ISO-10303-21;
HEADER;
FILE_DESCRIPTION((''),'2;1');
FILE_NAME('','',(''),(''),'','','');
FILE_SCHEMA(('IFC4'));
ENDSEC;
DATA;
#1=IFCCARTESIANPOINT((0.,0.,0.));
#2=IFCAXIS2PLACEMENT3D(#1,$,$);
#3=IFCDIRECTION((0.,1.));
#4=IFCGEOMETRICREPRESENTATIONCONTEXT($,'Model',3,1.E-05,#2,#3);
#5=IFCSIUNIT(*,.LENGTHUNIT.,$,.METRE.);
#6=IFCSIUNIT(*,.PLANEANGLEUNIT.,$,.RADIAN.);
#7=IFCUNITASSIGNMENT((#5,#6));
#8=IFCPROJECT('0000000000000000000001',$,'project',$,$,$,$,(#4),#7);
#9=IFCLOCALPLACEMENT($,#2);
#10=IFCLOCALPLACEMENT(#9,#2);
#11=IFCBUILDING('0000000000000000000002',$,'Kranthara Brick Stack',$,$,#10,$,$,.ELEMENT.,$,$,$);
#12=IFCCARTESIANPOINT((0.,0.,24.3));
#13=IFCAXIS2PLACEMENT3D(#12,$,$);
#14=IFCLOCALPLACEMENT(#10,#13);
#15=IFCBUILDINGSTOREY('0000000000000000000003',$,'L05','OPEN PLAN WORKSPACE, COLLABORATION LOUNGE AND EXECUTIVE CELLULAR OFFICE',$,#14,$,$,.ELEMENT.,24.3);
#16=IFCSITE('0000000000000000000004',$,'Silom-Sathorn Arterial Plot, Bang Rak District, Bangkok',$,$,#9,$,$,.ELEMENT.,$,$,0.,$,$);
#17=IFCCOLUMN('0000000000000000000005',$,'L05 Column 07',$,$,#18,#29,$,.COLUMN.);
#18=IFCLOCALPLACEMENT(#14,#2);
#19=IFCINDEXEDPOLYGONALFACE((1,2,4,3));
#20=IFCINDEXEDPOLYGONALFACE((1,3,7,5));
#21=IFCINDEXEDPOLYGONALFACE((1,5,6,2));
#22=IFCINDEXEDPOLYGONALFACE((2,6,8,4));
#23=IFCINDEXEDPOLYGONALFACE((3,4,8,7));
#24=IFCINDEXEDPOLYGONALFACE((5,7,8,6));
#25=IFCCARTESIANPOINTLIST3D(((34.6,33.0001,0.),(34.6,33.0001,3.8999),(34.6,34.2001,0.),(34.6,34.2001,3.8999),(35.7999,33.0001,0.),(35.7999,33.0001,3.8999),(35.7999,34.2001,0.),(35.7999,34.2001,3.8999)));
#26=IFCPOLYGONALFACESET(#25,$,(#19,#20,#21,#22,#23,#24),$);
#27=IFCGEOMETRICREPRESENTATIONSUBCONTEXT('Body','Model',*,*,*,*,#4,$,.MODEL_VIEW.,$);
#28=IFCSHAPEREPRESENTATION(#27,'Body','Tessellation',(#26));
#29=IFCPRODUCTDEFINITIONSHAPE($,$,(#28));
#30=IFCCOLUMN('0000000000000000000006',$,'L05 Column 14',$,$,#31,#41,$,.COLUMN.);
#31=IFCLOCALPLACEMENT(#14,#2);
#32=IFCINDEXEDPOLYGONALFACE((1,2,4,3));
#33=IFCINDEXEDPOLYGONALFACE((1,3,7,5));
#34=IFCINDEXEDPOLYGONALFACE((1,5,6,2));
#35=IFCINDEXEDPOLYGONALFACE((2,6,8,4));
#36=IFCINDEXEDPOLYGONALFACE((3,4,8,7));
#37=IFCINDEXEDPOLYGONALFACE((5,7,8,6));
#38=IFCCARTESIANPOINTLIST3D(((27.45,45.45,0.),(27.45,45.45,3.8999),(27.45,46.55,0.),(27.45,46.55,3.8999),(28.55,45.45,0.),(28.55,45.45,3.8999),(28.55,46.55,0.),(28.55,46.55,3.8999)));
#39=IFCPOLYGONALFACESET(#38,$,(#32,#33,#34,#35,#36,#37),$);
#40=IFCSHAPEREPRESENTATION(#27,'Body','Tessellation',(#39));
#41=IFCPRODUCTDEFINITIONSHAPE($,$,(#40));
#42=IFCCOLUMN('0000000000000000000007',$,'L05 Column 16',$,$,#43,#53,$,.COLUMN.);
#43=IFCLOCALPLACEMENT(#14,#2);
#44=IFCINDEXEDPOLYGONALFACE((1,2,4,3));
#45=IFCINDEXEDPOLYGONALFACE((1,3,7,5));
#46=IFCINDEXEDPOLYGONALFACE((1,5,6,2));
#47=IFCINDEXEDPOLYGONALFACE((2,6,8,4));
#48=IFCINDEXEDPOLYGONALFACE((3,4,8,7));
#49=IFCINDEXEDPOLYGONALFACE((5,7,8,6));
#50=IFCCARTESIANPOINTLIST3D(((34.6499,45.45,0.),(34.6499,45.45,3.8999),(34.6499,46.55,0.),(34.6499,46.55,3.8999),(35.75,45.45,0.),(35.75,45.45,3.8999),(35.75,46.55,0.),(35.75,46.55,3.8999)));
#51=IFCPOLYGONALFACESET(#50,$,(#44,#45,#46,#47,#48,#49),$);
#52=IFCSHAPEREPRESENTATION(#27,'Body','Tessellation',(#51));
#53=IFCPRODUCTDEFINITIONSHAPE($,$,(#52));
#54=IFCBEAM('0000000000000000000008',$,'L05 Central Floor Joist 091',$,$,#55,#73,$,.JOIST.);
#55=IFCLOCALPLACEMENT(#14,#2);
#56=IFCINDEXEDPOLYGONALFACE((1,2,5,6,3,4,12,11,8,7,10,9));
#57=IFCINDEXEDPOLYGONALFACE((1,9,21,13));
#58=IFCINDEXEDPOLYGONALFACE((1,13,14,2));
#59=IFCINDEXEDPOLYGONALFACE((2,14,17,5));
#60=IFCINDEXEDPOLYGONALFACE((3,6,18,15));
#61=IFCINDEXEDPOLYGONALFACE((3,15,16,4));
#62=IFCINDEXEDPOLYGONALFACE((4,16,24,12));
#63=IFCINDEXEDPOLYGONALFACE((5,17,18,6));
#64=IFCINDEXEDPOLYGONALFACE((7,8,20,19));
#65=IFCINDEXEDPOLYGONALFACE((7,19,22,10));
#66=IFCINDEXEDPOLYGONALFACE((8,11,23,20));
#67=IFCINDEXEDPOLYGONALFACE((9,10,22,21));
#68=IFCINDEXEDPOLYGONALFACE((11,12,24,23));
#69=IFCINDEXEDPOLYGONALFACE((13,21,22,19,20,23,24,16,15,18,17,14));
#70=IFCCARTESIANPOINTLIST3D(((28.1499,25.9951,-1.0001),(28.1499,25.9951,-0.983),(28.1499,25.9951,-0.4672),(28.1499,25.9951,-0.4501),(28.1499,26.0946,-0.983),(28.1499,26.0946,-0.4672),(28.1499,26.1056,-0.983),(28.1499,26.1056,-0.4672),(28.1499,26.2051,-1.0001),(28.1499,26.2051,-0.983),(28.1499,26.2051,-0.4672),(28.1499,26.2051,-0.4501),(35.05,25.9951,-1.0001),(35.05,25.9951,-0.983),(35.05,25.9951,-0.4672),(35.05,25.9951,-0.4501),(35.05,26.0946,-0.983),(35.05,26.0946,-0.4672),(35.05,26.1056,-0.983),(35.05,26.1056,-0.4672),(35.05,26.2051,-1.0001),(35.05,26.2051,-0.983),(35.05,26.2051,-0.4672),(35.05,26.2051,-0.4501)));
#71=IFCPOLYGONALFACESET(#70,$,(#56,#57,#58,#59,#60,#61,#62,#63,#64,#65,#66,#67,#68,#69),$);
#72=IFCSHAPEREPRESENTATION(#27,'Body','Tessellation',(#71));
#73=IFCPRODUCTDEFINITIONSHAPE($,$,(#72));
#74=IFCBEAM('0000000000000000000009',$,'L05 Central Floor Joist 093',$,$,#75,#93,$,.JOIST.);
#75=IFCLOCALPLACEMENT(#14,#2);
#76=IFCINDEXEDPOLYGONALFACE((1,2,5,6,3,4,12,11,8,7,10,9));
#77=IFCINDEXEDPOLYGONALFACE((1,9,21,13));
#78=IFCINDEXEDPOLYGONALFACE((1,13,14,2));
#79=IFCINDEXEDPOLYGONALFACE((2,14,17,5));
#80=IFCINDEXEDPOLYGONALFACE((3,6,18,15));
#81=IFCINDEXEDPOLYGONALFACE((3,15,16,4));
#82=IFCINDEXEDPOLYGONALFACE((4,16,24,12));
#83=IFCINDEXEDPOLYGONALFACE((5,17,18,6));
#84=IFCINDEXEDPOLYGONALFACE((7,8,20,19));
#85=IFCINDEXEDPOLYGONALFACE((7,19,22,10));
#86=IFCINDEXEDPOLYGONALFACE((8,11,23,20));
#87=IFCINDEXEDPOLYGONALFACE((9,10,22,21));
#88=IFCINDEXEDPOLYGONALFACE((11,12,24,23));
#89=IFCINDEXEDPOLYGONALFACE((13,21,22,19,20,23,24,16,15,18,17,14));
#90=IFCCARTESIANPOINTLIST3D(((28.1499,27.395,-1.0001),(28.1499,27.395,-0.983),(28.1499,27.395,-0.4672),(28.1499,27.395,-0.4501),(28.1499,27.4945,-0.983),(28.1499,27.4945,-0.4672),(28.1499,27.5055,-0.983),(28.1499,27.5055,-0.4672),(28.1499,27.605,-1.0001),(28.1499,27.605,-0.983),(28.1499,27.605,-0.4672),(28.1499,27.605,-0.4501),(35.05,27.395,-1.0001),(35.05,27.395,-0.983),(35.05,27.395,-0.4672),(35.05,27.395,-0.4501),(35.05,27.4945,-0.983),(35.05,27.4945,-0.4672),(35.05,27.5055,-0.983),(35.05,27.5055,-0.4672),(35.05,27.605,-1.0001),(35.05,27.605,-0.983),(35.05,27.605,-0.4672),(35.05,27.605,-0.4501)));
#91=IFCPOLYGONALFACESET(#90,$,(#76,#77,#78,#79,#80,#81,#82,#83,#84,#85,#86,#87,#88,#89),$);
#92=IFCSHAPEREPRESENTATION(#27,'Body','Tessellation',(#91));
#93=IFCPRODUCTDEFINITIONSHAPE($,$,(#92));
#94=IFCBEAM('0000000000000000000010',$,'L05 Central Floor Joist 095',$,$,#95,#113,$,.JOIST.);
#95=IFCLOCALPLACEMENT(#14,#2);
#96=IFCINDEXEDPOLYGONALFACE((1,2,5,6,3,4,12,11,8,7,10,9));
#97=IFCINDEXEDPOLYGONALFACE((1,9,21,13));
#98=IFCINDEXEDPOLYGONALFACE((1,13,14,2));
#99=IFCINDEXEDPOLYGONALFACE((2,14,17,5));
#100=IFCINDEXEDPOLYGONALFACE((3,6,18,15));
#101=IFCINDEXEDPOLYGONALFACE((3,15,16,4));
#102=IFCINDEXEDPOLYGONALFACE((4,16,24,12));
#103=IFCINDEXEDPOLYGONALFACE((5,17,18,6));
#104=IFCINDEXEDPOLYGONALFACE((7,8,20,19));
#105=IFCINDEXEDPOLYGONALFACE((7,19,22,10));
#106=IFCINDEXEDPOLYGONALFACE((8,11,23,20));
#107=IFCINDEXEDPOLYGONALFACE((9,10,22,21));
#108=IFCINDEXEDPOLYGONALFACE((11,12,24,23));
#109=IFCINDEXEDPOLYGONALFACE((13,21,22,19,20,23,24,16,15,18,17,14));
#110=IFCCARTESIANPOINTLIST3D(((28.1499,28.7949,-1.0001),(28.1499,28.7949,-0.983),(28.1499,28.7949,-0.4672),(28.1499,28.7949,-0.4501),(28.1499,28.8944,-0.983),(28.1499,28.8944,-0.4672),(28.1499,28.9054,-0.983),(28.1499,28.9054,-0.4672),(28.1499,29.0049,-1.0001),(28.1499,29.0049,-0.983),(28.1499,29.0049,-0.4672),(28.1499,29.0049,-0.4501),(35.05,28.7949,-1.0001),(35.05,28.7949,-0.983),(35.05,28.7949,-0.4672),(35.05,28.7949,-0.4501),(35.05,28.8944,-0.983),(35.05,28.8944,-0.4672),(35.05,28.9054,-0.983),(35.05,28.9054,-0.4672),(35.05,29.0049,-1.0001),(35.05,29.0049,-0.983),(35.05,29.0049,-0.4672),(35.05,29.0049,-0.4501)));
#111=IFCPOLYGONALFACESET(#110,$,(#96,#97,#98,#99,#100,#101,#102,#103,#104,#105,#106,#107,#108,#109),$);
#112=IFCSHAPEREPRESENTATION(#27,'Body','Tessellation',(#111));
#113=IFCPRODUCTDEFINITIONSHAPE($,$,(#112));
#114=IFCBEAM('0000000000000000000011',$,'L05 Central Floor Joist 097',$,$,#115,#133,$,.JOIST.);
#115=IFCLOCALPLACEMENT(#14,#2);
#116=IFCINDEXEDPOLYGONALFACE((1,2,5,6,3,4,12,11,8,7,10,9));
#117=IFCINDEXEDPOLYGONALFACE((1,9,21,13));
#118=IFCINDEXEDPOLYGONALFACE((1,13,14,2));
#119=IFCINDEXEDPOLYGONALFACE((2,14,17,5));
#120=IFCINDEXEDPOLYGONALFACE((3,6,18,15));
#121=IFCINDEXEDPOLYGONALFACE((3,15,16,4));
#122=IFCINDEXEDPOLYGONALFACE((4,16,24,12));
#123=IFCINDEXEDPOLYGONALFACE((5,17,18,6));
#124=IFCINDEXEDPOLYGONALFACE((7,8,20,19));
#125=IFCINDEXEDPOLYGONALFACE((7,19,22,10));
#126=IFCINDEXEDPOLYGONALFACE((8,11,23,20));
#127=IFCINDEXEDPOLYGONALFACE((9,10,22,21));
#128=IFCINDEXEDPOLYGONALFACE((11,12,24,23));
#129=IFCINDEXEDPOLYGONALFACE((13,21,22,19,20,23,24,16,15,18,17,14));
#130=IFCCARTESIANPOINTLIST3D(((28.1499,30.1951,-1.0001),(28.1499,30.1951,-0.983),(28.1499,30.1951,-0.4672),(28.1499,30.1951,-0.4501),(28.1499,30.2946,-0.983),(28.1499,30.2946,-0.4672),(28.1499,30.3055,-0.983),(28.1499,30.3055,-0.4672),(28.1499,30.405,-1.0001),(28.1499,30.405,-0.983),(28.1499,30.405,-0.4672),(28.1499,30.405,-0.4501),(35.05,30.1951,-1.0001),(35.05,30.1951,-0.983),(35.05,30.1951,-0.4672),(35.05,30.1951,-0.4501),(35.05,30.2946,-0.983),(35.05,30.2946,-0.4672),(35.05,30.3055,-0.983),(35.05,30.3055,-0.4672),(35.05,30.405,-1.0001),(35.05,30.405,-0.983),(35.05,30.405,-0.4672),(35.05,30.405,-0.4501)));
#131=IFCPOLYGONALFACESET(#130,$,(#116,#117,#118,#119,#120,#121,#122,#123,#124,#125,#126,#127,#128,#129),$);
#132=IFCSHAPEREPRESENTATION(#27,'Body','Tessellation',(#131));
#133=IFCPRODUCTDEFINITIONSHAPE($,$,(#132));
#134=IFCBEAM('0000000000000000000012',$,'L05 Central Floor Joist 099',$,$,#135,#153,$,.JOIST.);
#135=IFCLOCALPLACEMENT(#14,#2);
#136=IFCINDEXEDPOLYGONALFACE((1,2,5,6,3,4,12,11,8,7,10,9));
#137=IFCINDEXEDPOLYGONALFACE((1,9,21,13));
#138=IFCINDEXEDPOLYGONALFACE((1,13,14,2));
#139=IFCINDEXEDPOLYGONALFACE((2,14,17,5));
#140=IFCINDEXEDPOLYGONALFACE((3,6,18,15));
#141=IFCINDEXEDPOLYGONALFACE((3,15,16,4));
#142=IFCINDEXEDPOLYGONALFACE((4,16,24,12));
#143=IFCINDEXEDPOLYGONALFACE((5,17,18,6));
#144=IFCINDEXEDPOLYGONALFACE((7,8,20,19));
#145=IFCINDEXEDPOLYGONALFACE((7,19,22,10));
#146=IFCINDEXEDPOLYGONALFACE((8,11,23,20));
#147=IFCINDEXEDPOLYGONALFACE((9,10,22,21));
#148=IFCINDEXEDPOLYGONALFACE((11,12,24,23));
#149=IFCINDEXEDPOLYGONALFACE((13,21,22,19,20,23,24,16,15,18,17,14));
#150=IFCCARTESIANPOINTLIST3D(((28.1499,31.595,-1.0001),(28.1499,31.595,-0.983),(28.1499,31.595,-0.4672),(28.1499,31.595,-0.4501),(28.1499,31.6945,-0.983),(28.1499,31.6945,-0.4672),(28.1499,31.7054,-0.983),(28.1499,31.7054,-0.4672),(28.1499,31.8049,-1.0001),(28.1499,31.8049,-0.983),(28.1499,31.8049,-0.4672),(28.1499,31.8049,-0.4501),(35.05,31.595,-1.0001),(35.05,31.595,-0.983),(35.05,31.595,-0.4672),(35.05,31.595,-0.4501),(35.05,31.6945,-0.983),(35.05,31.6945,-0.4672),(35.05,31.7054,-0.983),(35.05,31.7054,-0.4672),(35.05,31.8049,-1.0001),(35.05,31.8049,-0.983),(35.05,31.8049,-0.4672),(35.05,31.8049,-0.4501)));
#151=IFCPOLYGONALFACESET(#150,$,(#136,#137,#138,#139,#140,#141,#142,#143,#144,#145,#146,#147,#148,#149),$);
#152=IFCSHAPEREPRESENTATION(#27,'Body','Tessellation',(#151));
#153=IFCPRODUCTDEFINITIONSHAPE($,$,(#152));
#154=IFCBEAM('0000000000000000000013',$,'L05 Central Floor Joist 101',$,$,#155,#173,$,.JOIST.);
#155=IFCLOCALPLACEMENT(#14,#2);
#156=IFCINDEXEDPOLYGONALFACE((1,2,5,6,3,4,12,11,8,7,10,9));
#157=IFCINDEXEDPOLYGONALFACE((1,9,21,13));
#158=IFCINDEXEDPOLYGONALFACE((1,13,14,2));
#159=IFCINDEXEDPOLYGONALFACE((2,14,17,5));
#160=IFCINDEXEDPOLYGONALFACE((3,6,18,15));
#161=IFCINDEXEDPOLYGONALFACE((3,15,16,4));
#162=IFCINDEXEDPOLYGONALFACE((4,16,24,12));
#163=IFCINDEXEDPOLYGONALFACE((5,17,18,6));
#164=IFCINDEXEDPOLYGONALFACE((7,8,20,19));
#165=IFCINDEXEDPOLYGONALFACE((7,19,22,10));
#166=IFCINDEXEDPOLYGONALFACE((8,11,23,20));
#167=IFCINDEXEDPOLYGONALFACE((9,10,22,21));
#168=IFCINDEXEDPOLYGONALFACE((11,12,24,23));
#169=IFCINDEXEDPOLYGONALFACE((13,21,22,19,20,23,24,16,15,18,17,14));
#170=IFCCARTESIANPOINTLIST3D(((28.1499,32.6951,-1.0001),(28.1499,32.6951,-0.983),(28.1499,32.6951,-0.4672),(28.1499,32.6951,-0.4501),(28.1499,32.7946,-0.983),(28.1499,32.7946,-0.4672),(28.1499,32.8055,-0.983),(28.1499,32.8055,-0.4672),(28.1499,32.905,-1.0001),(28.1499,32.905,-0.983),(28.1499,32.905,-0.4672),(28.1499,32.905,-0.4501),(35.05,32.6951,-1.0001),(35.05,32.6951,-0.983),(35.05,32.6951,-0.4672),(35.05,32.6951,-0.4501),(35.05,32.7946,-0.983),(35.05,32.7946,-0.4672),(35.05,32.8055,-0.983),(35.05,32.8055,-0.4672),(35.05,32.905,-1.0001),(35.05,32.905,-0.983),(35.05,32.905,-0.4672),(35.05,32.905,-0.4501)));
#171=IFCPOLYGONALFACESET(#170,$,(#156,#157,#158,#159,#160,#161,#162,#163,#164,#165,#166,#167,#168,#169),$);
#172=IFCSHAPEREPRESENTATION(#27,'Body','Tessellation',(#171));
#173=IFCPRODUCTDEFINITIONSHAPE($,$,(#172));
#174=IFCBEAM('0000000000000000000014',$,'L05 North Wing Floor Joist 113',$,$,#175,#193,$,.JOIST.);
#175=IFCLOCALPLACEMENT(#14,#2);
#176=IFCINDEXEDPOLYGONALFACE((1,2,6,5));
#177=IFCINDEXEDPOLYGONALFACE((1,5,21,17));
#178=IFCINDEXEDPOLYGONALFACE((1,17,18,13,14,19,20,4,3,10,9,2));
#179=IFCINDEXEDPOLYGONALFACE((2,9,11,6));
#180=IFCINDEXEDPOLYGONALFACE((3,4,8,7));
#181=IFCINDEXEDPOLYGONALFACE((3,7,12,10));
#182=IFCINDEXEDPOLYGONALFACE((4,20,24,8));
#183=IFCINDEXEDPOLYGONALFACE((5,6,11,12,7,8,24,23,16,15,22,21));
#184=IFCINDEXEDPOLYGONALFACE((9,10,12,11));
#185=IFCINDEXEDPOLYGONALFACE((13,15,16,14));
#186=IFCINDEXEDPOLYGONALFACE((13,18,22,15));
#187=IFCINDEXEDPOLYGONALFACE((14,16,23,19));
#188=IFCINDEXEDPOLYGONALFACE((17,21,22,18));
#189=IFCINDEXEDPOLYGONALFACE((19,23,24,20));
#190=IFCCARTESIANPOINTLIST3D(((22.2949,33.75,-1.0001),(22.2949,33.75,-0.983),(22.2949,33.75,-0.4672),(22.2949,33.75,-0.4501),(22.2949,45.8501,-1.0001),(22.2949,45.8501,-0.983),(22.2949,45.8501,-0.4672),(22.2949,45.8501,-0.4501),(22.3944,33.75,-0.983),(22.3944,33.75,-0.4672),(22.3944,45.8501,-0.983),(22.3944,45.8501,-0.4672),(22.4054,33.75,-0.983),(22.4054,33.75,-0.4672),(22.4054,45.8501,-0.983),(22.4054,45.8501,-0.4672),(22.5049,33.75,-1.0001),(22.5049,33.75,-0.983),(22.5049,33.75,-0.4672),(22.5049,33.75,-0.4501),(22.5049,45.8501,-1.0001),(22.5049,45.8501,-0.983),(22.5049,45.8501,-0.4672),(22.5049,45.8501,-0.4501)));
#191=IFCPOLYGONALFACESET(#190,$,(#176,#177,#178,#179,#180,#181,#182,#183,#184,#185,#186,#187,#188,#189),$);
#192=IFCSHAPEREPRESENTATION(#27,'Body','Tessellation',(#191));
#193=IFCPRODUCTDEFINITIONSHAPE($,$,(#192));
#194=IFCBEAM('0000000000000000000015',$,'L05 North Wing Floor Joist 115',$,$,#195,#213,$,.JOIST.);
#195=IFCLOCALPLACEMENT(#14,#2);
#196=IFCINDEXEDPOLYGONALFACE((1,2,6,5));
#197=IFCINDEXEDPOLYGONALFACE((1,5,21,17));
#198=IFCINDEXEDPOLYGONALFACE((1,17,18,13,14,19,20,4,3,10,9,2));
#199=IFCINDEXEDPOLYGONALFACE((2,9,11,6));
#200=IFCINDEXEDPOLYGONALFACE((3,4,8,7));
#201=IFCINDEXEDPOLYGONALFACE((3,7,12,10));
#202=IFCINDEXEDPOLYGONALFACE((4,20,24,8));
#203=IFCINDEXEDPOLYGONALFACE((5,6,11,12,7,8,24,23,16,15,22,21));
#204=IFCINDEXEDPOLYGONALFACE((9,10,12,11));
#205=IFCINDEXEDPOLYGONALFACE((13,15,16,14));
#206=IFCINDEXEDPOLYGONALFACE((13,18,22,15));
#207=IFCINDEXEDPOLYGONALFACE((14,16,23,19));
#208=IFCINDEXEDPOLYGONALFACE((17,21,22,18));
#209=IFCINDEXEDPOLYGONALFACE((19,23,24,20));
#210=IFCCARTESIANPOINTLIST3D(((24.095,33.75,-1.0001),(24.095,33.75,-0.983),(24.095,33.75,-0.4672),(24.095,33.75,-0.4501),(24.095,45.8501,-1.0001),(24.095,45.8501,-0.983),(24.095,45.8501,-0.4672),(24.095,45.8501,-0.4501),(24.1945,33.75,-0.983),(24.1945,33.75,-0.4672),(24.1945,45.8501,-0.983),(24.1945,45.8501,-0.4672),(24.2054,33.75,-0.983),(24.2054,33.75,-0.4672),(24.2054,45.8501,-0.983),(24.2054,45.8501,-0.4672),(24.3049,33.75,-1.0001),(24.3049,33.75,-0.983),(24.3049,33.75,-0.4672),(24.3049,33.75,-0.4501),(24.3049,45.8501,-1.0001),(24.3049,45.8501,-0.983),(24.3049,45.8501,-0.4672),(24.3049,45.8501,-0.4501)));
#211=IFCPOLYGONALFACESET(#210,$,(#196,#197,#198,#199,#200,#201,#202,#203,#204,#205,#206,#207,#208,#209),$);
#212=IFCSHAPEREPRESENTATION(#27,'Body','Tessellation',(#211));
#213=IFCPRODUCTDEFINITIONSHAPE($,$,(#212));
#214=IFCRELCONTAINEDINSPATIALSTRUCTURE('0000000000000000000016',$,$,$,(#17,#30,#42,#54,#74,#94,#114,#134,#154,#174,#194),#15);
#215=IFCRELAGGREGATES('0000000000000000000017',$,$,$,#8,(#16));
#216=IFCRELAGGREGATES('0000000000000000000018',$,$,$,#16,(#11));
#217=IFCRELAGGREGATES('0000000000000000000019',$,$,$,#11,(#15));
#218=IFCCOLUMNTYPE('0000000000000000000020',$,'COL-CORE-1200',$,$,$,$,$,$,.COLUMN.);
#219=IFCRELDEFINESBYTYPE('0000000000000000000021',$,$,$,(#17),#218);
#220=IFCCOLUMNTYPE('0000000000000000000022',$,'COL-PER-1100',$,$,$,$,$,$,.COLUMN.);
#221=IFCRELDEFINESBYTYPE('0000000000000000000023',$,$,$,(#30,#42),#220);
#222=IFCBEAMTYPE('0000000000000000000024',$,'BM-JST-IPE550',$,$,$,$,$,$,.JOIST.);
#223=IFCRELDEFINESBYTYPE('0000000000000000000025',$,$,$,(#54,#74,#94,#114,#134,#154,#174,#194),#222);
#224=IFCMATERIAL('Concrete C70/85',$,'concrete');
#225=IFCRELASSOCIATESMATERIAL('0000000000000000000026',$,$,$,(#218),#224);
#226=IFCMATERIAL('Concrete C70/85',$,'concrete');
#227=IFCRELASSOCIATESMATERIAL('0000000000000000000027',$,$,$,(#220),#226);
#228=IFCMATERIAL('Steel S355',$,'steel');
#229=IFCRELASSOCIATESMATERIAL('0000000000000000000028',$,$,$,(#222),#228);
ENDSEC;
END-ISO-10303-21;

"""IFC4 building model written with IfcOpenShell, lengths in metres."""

from ifc_helpers import new_model, si_unit, direction, frame, origin, origin_2d, place, context, subcontext, project, spatial, rectangle, i_section, extrude, material, material_profile, profile_set, type_object, element, save


model = new_model("IFC4")

# Units and contexts
model_context = context("Model", 3, precision=1e-05, world=origin(), true_north=direction((0.0, 1.0)))
body_context = subcontext(model_context, "Body", "Model", "MODEL_VIEW")
ifc_project = project(units=[si_unit("LENGTHUNIT", "METRE"), si_unit("PLANEANGLEUNIT", "RADIAN")], contexts=[model_context])

# Site, building, storey
site_placement = place(None, origin())
site = spatial("IfcSite", under=ifc_project, at=site_placement, Name="Silom-Sathorn Arterial Plot, Bang Rak District, Bangkok", CompositionType="ELEMENT", RefElevation=0.0)
building_placement = place(site_placement, origin())
building = spatial("IfcBuilding", under=site, at=building_placement, Name="Kranthara Brick Stack", CompositionType="ELEMENT")
storey_placement = place(building_placement, frame((0.0, 0.0, 24.3)))
storey = spatial("IfcBuildingStorey", under=building, at=storey_placement, Name="L05", Description="OPEN PLAN WORKSPACE, COLLABORATION LOUNGE AND EXECUTIVE CELLULAR OFFICE", CompositionType="ELEMENT", Elevation=24.3)

# Columns
ifc_material_1 = material(Name="Concrete C70/85", Category="concrete")
ifc_material_profile_1 = material_profile(ifc_material_1, rectangle(XDim=1.2, YDim=1.2, at=origin_2d()), Name="RC 1200x1200")
ifc_profile_set_1 = profile_set([ifc_material_profile_1], Name="Concrete C70/85")
column_type_1 = type_object("IfcColumnType", Name="COL-CORE-1200", PredefinedType="COLUMN", material=ifc_profile_set_1)
column_placement = place(storey_placement, frame((35.2, 33.6001, 0.0), z_axis=(0.0, 0.0, 1.0), x_axis=(1.0, 0.0, 0.0)))
element("IfcColumn", 1, at=column_placement, inside=storey, type_object=column_type_1, Name="L05 Column 07", PredefinedType="COLUMN", context=body_context, shape_type="SweptSolid", body=[
    extrude(rectangle(XDim=1.2, YDim=1.2, at=origin_2d()), origin(), (0.0, 0.0, 1.0), 3.8999),
])
ifc_material_2 = material(Name="Concrete C70/85", Category="concrete")
ifc_material_profile_2 = material_profile(ifc_material_2, rectangle(XDim=1.1001, YDim=1.1001, at=origin_2d()), Name="RC 1100x1100")
ifc_profile_set_2 = profile_set([ifc_material_profile_2], Name="Concrete C70/85")
column_type_2 = type_object("IfcColumnType", Name="COL-PER-1100", PredefinedType="COLUMN", material=ifc_profile_set_2)
for number, where, z_axis, x_axis, name in (
    (2, (28.0, 46.0, 0.0), (0.0, 0.0, 1.0), (1.0, 0.0, 0.0), "L05 Column 14"),
    (3, (35.2, 46.0, 0.0), (0.0, 0.0, 1.0), (1.0, 0.0, 0.0), "L05 Column 16"),
):
    element("IfcColumn", number, at=place(storey_placement, frame(where, z_axis=z_axis, x_axis=x_axis)), inside=storey, type_object=column_type_2, Name=name, PredefinedType="COLUMN", context=body_context, shape_type="SweptSolid", body=[
        extrude(rectangle(XDim=1.1001, YDim=1.1001, at=origin_2d()), origin(), (0.0, 0.0, 1.0), 3.8999),
    ])

# Beams
ifc_material_3 = material(Name="Steel S355", Category="steel")
ifc_material_profile_3 = material_profile(ifc_material_3, i_section(OverallWidth=0.21, OverallDepth=0.55, WebThickness=0.011, FlangeThickness=0.0171, at=origin_2d()), Name="IPE 550")
ifc_profile_set_3 = profile_set([ifc_material_profile_3], Name="Steel S355")
beam_type_1 = type_object("IfcBeamType", Name="BM-JST-IPE550", PredefinedType="JOIST", material=ifc_profile_set_3)
for number, where, z_axis, x_axis, name in (
    (4, (28.1499, 26.1001, -0.7251), (1.0, 0.0, 0.0), (0.0, 1.0, 0.0), "L05 Central Floor Joist 091"),
    (5, (28.1499, 27.5, -0.7251), (1.0, 0.0, 0.0), (0.0, 1.0, 0.0), "L05 Central Floor Joist 093"),
    (6, (28.1499, 28.8999, -0.7251), (1.0, 0.0, 0.0), (0.0, 1.0, 0.0), "L05 Central Floor Joist 095"),
    (7, (28.1499, 30.3, -0.7251), (1.0, 0.0, 0.0), (0.0, 1.0, 0.0), "L05 Central Floor Joist 097"),
    (8, (28.1499, 31.7, -0.7251), (1.0, 0.0, 0.0), (0.0, 1.0, 0.0), "L05 Central Floor Joist 099"),
    (9, (28.1499, 32.8, -0.7251), (1.0, 0.0, 0.0), (0.0, 1.0, 0.0), "L05 Central Floor Joist 101"),
):
    element("IfcBeam", number, at=place(storey_placement, frame(where, z_axis=z_axis, x_axis=x_axis)), inside=storey, type_object=beam_type_1, Name=name, PredefinedType="JOIST", context=body_context, shape_type="SweptSolid", body=[
        extrude(i_section(OverallWidth=0.21, OverallDepth=0.55, WebThickness=0.011, FlangeThickness=0.0171, at=origin_2d()), origin(), (0.0, 0.0, 1.0), 6.9001),
    ])
for number, where, z_axis, x_axis, name in (
    (10, (22.3999, 33.75, -0.7251), (0.0, 1.0, 0.0), (-1.0, 0.0, 0.0), "L05 North Wing Floor Joist 113"),
    (11, (24.2, 33.75, -0.7251), (0.0, 1.0, 0.0), (-1.0, 0.0, 0.0), "L05 North Wing Floor Joist 115"),
):
    element("IfcBeam", number, at=place(storey_placement, frame(where, z_axis=z_axis, x_axis=x_axis)), inside=storey, type_object=beam_type_1, Name=name, PredefinedType="JOIST", context=body_context, shape_type="SweptSolid", body=[
        extrude(i_section(OverallWidth=0.21, OverallDepth=0.55, WebThickness=0.011, FlangeThickness=0.0171, at=origin_2d()), origin(), (0.0, 0.0, 1.0), 12.1001),
    ])

save(model, "model.ifc")
